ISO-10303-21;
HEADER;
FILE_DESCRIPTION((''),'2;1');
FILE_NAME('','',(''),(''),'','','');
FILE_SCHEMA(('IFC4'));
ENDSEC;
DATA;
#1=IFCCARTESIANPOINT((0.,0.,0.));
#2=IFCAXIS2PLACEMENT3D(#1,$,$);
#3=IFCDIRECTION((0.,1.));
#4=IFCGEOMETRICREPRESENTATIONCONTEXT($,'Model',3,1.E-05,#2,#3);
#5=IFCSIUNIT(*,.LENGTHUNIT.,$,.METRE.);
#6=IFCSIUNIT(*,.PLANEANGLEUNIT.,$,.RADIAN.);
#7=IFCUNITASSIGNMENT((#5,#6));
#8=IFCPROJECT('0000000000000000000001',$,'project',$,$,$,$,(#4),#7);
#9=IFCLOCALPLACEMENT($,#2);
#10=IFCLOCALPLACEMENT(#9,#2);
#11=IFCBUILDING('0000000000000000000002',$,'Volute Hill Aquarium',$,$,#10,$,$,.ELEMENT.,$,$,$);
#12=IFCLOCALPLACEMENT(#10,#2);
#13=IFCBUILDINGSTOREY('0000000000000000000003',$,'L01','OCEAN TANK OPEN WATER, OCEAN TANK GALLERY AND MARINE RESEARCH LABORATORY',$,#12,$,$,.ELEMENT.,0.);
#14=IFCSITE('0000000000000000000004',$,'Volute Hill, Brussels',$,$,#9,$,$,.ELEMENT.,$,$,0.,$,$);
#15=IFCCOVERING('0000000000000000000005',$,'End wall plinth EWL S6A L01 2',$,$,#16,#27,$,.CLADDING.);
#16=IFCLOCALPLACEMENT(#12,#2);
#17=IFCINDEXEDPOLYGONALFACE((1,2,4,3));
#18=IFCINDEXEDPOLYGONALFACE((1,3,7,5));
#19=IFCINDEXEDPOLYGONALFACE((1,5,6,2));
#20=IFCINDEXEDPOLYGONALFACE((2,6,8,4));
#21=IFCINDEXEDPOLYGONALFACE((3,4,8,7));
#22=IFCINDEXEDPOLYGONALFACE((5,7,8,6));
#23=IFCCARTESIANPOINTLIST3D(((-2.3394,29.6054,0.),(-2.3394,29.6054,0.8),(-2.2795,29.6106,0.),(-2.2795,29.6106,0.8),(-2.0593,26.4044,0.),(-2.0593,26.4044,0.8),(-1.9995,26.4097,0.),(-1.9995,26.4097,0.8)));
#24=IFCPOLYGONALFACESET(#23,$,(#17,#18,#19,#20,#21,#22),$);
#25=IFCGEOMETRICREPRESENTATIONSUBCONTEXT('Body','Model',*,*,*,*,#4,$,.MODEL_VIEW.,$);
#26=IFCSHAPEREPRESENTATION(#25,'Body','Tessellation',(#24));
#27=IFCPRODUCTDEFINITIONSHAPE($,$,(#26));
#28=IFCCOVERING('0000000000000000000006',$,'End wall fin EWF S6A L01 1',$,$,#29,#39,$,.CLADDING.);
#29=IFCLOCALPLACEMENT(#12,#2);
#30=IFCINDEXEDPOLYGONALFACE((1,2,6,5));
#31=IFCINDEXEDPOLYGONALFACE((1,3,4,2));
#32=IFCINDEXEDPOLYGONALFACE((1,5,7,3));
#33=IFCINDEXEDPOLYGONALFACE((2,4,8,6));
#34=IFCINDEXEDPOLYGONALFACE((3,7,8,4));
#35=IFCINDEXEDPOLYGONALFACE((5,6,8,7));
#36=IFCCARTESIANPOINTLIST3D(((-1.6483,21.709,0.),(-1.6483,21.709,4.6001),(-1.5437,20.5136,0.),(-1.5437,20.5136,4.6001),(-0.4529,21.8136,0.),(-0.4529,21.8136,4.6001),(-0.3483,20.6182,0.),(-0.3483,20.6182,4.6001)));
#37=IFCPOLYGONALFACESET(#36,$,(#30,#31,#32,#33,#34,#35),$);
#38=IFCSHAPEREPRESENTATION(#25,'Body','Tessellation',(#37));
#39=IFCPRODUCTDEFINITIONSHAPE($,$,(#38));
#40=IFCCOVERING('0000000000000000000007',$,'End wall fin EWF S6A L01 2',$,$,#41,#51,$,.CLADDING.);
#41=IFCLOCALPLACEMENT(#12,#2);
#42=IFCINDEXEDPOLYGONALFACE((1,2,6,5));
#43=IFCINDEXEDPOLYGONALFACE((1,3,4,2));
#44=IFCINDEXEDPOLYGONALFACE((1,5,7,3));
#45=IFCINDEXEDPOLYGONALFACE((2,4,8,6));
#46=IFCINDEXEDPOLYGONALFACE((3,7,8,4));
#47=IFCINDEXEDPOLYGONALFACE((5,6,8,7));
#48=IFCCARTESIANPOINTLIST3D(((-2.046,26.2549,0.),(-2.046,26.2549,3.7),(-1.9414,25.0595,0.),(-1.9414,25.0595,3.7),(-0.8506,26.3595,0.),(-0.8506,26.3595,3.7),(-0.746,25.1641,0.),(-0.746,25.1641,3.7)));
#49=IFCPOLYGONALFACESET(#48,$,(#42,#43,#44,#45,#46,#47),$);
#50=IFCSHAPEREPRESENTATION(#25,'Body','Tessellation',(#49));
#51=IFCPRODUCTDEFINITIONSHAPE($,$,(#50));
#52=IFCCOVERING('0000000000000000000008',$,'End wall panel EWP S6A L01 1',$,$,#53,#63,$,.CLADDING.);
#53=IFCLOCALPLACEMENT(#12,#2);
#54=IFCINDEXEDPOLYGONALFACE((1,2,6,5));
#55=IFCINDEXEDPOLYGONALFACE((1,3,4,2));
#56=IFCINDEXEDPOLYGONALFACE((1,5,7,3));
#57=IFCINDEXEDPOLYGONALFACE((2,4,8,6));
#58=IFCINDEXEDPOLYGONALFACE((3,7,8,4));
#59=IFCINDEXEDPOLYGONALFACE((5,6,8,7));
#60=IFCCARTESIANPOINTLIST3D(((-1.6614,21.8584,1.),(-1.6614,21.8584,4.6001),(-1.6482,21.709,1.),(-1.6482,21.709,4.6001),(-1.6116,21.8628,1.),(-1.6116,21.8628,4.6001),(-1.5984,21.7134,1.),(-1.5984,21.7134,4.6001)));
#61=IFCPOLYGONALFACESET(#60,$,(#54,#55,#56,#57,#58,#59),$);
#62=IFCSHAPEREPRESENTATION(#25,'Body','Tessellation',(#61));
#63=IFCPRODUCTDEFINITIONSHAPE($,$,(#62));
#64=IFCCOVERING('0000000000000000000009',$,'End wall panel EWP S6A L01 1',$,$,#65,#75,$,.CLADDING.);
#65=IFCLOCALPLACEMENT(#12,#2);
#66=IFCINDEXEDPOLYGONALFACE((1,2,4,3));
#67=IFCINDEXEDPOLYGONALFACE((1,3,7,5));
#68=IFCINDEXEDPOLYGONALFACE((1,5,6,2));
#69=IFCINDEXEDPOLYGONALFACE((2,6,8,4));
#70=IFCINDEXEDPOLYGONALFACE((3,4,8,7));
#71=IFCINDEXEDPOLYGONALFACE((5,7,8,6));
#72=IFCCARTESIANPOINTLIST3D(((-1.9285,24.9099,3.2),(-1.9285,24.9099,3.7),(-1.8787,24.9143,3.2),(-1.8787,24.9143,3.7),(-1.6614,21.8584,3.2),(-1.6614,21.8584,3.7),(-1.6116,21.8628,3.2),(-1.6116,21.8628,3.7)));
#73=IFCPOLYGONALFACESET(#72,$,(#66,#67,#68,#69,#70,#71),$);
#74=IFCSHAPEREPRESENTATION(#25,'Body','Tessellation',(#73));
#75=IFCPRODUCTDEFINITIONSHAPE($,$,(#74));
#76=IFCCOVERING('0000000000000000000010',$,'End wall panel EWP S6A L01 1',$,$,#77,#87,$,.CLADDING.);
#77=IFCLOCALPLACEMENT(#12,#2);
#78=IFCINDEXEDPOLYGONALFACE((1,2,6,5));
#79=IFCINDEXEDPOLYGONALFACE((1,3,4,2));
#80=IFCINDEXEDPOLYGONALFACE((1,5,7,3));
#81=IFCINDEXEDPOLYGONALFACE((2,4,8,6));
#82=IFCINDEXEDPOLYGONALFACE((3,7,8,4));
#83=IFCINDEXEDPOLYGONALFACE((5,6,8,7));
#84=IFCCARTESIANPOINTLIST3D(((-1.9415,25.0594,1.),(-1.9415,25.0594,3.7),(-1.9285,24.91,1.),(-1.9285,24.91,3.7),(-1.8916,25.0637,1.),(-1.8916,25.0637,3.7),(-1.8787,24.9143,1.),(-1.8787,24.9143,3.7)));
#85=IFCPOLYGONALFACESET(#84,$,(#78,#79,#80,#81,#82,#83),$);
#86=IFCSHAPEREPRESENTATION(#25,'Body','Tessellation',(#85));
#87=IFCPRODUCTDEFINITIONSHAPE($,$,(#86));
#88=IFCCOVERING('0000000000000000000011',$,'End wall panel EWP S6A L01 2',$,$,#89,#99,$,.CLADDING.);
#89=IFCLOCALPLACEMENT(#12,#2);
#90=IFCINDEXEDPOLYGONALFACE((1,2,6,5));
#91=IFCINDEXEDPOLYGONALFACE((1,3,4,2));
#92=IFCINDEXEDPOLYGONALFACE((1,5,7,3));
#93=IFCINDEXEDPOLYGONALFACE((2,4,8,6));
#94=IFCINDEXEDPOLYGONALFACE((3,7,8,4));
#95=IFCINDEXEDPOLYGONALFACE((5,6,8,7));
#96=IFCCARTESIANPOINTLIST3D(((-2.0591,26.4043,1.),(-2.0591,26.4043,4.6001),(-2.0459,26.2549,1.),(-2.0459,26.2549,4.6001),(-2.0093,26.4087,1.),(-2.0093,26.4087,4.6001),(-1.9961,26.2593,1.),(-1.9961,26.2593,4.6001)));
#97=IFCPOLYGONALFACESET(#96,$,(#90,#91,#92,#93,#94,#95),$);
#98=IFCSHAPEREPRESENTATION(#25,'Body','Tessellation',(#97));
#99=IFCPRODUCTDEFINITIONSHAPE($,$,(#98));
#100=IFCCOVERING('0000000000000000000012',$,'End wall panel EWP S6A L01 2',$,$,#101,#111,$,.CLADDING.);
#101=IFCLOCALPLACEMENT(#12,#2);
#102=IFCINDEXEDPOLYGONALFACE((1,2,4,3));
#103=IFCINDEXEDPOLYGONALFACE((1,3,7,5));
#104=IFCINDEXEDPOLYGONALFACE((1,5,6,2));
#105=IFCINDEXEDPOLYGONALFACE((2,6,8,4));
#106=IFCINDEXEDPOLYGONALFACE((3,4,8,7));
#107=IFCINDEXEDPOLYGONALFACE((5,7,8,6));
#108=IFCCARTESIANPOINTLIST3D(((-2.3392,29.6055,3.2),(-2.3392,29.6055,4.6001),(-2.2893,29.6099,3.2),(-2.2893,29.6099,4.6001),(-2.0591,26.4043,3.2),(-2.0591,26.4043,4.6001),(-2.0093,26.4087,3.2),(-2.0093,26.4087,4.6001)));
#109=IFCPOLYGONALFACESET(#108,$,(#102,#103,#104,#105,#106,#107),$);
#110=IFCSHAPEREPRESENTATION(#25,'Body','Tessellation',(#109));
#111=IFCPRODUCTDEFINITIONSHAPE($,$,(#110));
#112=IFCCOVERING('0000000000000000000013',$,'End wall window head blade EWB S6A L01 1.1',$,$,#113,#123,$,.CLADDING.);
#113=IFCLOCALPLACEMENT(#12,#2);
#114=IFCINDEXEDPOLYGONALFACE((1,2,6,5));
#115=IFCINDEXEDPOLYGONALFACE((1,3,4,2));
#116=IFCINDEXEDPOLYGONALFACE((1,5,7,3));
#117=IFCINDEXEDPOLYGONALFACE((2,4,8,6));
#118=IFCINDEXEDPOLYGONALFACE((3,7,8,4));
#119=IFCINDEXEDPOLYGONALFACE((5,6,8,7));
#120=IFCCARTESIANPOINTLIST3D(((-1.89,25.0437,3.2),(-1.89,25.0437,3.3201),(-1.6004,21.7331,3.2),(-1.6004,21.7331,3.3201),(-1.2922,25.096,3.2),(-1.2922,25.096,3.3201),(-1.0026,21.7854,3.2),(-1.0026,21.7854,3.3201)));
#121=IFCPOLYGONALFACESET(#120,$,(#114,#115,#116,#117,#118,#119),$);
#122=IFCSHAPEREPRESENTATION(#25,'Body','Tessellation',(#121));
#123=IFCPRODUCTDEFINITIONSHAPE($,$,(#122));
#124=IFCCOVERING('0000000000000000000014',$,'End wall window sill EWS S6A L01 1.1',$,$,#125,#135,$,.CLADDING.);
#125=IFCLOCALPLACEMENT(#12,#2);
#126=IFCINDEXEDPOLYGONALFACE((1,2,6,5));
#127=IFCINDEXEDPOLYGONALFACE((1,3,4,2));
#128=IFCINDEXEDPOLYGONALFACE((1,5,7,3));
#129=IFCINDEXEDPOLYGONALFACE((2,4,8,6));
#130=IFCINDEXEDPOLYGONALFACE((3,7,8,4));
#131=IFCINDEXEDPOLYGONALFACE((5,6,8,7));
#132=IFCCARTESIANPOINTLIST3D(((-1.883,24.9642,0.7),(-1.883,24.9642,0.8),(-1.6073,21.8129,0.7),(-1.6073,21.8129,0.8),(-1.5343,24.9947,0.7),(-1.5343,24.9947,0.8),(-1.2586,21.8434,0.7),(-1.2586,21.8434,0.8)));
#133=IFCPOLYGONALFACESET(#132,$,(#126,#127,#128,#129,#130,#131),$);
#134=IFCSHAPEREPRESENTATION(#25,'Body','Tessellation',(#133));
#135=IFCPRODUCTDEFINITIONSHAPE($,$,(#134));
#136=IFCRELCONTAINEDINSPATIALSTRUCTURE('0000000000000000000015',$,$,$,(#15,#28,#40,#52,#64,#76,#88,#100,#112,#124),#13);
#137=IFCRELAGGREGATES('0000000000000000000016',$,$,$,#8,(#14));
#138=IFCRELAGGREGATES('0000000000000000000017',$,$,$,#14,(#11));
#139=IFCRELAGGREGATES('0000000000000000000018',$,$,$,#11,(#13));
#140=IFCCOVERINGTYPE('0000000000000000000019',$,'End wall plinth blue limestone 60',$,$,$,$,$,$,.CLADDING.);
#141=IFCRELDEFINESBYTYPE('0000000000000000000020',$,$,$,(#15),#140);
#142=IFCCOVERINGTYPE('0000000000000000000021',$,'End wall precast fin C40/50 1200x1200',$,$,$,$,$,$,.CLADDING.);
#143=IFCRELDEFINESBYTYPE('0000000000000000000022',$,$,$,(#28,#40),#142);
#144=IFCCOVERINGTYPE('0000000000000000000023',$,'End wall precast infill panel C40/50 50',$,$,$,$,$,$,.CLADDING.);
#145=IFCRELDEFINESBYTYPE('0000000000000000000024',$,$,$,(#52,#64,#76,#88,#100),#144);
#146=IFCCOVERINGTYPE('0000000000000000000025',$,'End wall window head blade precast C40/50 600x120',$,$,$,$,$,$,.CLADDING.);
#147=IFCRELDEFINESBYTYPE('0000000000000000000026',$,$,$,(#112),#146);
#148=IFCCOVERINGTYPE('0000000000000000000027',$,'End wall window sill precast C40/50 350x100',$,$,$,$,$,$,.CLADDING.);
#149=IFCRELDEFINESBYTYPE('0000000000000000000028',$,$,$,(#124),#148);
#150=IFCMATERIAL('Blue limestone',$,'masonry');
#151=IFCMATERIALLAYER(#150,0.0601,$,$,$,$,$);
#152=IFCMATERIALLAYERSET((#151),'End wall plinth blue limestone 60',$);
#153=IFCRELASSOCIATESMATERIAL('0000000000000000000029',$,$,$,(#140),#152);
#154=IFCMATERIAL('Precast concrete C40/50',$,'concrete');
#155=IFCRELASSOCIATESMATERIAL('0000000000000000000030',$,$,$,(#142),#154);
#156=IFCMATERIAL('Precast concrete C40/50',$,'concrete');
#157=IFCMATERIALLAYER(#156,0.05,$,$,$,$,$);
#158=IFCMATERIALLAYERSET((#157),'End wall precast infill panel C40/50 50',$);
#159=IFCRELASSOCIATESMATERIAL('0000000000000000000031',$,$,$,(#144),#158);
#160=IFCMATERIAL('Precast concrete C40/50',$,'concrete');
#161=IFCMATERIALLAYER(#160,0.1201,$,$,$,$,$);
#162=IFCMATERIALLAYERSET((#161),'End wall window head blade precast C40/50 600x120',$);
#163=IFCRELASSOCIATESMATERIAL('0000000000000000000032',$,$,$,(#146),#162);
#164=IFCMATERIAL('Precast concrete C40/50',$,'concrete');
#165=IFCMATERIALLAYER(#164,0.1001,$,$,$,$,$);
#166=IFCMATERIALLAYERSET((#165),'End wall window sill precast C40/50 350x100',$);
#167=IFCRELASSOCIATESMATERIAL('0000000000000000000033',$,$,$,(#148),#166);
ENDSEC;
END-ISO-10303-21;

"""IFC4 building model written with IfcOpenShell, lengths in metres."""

from ifc_helpers import new_model, si_unit, direction, frame, origin, origin_2d, place, context, subcontext, project, spatial, polyline, rectangle, outline, extrude, material, layer, layer_set, type_object, element, save


model = new_model("IFC4")

# Units and contexts
model_context = context("Model", 3, precision=1e-05, world=origin(), true_north=direction((0.0, 1.0)))
body_context = subcontext(model_context, "Body", "Model", "MODEL_VIEW")
ifc_project = project(units=[si_unit("LENGTHUNIT", "METRE"), si_unit("PLANEANGLEUNIT", "RADIAN")], contexts=[model_context])

# Site, building, storey
site_placement = place(None, origin())
site = spatial("IfcSite", under=ifc_project, at=site_placement, Name="Volute Hill, Brussels", CompositionType="ELEMENT", RefElevation=0.0)
building_placement = place(site_placement, origin())
building = spatial("IfcBuilding", under=site, at=building_placement, Name="Volute Hill Aquarium", CompositionType="ELEMENT")
storey_placement = place(building_placement, origin())
storey = spatial("IfcBuildingStorey", under=building, at=storey_placement, Name="L01", Description="OCEAN TANK OPEN WATER, OCEAN TANK GALLERY AND MARINE RESEARCH LABORATORY", CompositionType="ELEMENT", Elevation=0.0)

# Coverings
ifc_material_1 = material(Name="Blue limestone", Category="masonry")
ifc_layer_1 = layer(ifc_material_1, 0.0601)
ifc_layer_set_1 = layer_set([ifc_layer_1], Name="End wall plinth blue limestone 60")
covering_type_1 = type_object("IfcCoveringType", Name="End wall plinth blue limestone 60", PredefinedType="CLADDING", material=ifc_layer_set_1)
covering_1_placement = place(storey_placement, frame((-1.9995, 26.4097, 0.0), z_axis=(0.996195, 0.087151, 0.0), x_axis=(-0.087151, 0.996195, 0.0)))
element("IfcCovering", 1, at=covering_1_placement, inside=storey, type_object=covering_type_1, Name="End wall plinth EWL S6A L01 2", PredefinedType="CLADDING", context=body_context, shape_type="SweptSolid", body=[
    extrude(outline(polyline([(0.0, 0.0), (3.2132, 0.0), (3.2132, 0.8), (0.0, 0.8), (0.0, 0.0)])), origin(), (0.0, 0.0, -1.0), 0.0601),
])
ifc_material_2 = material(Name="Precast concrete C40/50", Category="concrete")
covering_type_2 = type_object("IfcCoveringType", Name="End wall precast fin C40/50 1200x1200", PredefinedType="CLADDING", material=ifc_material_2)
covering_2_placement = place(storey_placement, frame((-0.9983, 21.1636, 0.0), z_axis=(0.0, 0.0, 1.0), x_axis=(-0.087158, 0.996194, 0.0)))
element("IfcCovering", 2, at=covering_2_placement, inside=storey, type_object=covering_type_2, Name="End wall fin EWF S6A L01 1", PredefinedType="CLADDING", context=body_context, shape_type="SweptSolid", body=[
    extrude(rectangle(XDim=1.2, YDim=1.2, at=origin_2d()), origin(), (0.0, 0.0, 1.0), 4.6001),
])
covering_3_placement = place(storey_placement, frame((-1.396, 25.7095, 0.0), z_axis=(0.0, 0.0, 1.0), x_axis=(-0.087158, 0.996194, 0.0)))
element("IfcCovering", 3, at=covering_3_placement, inside=storey, type_object=covering_type_2, Name="End wall fin EWF S6A L01 2", PredefinedType="CLADDING", context=body_context, shape_type="SweptSolid", body=[
    extrude(rectangle(XDim=1.2, YDim=1.2, at=origin_2d()), origin(), (0.0, 0.0, 1.0), 3.7),
])
ifc_material_3 = material(Name="Precast concrete C40/50", Category="concrete")
ifc_layer_2 = layer(ifc_material_3, 0.05)
ifc_layer_set_2 = layer_set([ifc_layer_2], Name="End wall precast infill panel C40/50 50")
covering_type_3 = type_object("IfcCoveringType", Name="End wall precast infill panel C40/50 50", PredefinedType="CLADDING", material=ifc_layer_set_2)
covering_4_placement = place(storey_placement, frame((-1.5984, 21.7134, 1.0), z_axis=(0.99613, 0.087894, 0.0), x_axis=(-0.087894, 0.99613, 0.0)))
element("IfcCovering", 4, at=covering_4_placement, inside=storey, type_object=covering_type_3, Name="End wall panel EWP S6A L01 1", PredefinedType="CLADDING", context=body_context, shape_type="SweptSolid", body=[
    extrude(outline(polyline([(0.0, 0.0), (0.15, 0.0), (0.15, 3.6001), (0.0, 3.6001), (0.0, 0.0)])), origin(), (0.0, 0.0, -1.0), 0.05),
])
covering_5_placement = place(storey_placement, frame((-1.6116, 21.8628, 3.2), z_axis=(0.996191, 0.087194, 0.0), x_axis=(-0.087194, 0.996191, 0.0)))
element("IfcCovering", 5, at=covering_5_placement, inside=storey, type_object=covering_type_3, Name="End wall panel EWP S6A L01 1", PredefinedType="CLADDING", context=body_context, shape_type="SweptSolid", body=[
    extrude(outline(polyline([(0.0, 0.0), (3.0632, 0.0), (3.0632, 0.5), (0.0, 0.5), (0.0, 0.0)])), origin(), (0.0, 0.0, -1.0), 0.05),
])
covering_6_placement = place(storey_placement, frame((-1.8787, 24.9143, 1.0), z_axis=(0.996271, 0.086278, 0.0), x_axis=(-0.086278, 0.996271, 0.0)))
element("IfcCovering", 6, at=covering_6_placement, inside=storey, type_object=covering_type_3, Name="End wall panel EWP S6A L01 1", PredefinedType="CLADDING", context=body_context, shape_type="SweptSolid", body=[
    extrude(outline(polyline([(0.0, 0.0), (0.15, 0.0), (0.15, 2.7), (0.0, 2.7), (0.0, 0.0)])), origin(), (0.0, 0.0, -1.0), 0.05),
])
covering_7_placement = place(storey_placement, frame((-1.9961, 26.2593, 1.0), z_axis=(0.99613, 0.087894, 0.0), x_axis=(-0.087894, 0.99613, 0.0)))
element("IfcCovering", 7, at=covering_7_placement, inside=storey, type_object=covering_type_3, Name="End wall panel EWP S6A L01 2", PredefinedType="CLADDING", context=body_context, shape_type="SweptSolid", body=[
    extrude(outline(polyline([(0.0, 0.0), (0.15, 0.0), (0.15, 3.6001), (0.0, 3.6001), (0.0, 0.0)])), origin(), (0.0, 0.0, -1.0), 0.05),
])
covering_8_placement = place(storey_placement, frame((-2.0093, 26.4087, 3.2), z_axis=(0.996196, 0.087144, 0.0), x_axis=(-0.087144, 0.996196, 0.0)))
element("IfcCovering", 8, at=covering_8_placement, inside=storey, type_object=covering_type_3, Name="End wall panel EWP S6A L01 2", PredefinedType="CLADDING", context=body_context, shape_type="SweptSolid", body=[
    extrude(outline(polyline([(0.0, 0.0), (3.2134, 0.0), (3.2134, 1.4001), (0.0, 1.4001), (0.0, 0.0)])), origin(), (0.0, 0.0, -1.0), 0.05),
])
ifc_material_4 = material(Name="Precast concrete C40/50", Category="concrete")
ifc_layer_3 = layer(ifc_material_4, 0.1201)
ifc_layer_set_3 = layer_set([ifc_layer_3], Name="End wall window head blade precast C40/50 600x120")
covering_type_4 = type_object("IfcCoveringType", Name="End wall window head blade precast C40/50 600x120", PredefinedType="CLADDING", material=ifc_layer_set_3)
covering_9_placement = place(storey_placement, frame((-1.4463, 23.4146, 3.2), z_axis=(0.0, 0.0, 1.0), x_axis=(-0.087158, 0.996194, 0.0)))
element("IfcCovering", 9, at=covering_9_placement, inside=storey, type_object=covering_type_4, Name="End wall window head blade EWB S6A L01 1.1", PredefinedType="CLADDING", context=body_context, shape_type="SweptSolid", body=[
    extrude(rectangle(XDim=3.3232, YDim=0.6001, at=origin_2d()), origin(), (0.0, 0.0, 1.0), 0.1201),
])
ifc_material_5 = material(Name="Precast concrete C40/50", Category="concrete")
ifc_layer_4 = layer(ifc_material_5, 0.1001)
ifc_layer_set_4 = layer_set([ifc_layer_4], Name="End wall window sill precast C40/50 350x100")
covering_type_5 = type_object("IfcCoveringType", Name="End wall window sill precast C40/50 350x100", PredefinedType="CLADDING", material=ifc_layer_set_4)
covering_10_placement = place(storey_placement, frame((-1.5708, 23.4038, 0.7), z_axis=(0.0, 0.0, 1.0), x_axis=(-0.087158, 0.996194, 0.0)))
element("IfcCovering", 10, at=covering_10_placement, inside=storey, type_object=covering_type_5, Name="End wall window sill EWS S6A L01 1.1", PredefinedType="CLADDING", context=body_context, shape_type="SweptSolid", body=[
    extrude(rectangle(XDim=3.1633, YDim=0.3501, at=origin_2d()), origin(), (0.0, 0.0, 1.0), 0.1001),
])

save(model, "model.ifc")
